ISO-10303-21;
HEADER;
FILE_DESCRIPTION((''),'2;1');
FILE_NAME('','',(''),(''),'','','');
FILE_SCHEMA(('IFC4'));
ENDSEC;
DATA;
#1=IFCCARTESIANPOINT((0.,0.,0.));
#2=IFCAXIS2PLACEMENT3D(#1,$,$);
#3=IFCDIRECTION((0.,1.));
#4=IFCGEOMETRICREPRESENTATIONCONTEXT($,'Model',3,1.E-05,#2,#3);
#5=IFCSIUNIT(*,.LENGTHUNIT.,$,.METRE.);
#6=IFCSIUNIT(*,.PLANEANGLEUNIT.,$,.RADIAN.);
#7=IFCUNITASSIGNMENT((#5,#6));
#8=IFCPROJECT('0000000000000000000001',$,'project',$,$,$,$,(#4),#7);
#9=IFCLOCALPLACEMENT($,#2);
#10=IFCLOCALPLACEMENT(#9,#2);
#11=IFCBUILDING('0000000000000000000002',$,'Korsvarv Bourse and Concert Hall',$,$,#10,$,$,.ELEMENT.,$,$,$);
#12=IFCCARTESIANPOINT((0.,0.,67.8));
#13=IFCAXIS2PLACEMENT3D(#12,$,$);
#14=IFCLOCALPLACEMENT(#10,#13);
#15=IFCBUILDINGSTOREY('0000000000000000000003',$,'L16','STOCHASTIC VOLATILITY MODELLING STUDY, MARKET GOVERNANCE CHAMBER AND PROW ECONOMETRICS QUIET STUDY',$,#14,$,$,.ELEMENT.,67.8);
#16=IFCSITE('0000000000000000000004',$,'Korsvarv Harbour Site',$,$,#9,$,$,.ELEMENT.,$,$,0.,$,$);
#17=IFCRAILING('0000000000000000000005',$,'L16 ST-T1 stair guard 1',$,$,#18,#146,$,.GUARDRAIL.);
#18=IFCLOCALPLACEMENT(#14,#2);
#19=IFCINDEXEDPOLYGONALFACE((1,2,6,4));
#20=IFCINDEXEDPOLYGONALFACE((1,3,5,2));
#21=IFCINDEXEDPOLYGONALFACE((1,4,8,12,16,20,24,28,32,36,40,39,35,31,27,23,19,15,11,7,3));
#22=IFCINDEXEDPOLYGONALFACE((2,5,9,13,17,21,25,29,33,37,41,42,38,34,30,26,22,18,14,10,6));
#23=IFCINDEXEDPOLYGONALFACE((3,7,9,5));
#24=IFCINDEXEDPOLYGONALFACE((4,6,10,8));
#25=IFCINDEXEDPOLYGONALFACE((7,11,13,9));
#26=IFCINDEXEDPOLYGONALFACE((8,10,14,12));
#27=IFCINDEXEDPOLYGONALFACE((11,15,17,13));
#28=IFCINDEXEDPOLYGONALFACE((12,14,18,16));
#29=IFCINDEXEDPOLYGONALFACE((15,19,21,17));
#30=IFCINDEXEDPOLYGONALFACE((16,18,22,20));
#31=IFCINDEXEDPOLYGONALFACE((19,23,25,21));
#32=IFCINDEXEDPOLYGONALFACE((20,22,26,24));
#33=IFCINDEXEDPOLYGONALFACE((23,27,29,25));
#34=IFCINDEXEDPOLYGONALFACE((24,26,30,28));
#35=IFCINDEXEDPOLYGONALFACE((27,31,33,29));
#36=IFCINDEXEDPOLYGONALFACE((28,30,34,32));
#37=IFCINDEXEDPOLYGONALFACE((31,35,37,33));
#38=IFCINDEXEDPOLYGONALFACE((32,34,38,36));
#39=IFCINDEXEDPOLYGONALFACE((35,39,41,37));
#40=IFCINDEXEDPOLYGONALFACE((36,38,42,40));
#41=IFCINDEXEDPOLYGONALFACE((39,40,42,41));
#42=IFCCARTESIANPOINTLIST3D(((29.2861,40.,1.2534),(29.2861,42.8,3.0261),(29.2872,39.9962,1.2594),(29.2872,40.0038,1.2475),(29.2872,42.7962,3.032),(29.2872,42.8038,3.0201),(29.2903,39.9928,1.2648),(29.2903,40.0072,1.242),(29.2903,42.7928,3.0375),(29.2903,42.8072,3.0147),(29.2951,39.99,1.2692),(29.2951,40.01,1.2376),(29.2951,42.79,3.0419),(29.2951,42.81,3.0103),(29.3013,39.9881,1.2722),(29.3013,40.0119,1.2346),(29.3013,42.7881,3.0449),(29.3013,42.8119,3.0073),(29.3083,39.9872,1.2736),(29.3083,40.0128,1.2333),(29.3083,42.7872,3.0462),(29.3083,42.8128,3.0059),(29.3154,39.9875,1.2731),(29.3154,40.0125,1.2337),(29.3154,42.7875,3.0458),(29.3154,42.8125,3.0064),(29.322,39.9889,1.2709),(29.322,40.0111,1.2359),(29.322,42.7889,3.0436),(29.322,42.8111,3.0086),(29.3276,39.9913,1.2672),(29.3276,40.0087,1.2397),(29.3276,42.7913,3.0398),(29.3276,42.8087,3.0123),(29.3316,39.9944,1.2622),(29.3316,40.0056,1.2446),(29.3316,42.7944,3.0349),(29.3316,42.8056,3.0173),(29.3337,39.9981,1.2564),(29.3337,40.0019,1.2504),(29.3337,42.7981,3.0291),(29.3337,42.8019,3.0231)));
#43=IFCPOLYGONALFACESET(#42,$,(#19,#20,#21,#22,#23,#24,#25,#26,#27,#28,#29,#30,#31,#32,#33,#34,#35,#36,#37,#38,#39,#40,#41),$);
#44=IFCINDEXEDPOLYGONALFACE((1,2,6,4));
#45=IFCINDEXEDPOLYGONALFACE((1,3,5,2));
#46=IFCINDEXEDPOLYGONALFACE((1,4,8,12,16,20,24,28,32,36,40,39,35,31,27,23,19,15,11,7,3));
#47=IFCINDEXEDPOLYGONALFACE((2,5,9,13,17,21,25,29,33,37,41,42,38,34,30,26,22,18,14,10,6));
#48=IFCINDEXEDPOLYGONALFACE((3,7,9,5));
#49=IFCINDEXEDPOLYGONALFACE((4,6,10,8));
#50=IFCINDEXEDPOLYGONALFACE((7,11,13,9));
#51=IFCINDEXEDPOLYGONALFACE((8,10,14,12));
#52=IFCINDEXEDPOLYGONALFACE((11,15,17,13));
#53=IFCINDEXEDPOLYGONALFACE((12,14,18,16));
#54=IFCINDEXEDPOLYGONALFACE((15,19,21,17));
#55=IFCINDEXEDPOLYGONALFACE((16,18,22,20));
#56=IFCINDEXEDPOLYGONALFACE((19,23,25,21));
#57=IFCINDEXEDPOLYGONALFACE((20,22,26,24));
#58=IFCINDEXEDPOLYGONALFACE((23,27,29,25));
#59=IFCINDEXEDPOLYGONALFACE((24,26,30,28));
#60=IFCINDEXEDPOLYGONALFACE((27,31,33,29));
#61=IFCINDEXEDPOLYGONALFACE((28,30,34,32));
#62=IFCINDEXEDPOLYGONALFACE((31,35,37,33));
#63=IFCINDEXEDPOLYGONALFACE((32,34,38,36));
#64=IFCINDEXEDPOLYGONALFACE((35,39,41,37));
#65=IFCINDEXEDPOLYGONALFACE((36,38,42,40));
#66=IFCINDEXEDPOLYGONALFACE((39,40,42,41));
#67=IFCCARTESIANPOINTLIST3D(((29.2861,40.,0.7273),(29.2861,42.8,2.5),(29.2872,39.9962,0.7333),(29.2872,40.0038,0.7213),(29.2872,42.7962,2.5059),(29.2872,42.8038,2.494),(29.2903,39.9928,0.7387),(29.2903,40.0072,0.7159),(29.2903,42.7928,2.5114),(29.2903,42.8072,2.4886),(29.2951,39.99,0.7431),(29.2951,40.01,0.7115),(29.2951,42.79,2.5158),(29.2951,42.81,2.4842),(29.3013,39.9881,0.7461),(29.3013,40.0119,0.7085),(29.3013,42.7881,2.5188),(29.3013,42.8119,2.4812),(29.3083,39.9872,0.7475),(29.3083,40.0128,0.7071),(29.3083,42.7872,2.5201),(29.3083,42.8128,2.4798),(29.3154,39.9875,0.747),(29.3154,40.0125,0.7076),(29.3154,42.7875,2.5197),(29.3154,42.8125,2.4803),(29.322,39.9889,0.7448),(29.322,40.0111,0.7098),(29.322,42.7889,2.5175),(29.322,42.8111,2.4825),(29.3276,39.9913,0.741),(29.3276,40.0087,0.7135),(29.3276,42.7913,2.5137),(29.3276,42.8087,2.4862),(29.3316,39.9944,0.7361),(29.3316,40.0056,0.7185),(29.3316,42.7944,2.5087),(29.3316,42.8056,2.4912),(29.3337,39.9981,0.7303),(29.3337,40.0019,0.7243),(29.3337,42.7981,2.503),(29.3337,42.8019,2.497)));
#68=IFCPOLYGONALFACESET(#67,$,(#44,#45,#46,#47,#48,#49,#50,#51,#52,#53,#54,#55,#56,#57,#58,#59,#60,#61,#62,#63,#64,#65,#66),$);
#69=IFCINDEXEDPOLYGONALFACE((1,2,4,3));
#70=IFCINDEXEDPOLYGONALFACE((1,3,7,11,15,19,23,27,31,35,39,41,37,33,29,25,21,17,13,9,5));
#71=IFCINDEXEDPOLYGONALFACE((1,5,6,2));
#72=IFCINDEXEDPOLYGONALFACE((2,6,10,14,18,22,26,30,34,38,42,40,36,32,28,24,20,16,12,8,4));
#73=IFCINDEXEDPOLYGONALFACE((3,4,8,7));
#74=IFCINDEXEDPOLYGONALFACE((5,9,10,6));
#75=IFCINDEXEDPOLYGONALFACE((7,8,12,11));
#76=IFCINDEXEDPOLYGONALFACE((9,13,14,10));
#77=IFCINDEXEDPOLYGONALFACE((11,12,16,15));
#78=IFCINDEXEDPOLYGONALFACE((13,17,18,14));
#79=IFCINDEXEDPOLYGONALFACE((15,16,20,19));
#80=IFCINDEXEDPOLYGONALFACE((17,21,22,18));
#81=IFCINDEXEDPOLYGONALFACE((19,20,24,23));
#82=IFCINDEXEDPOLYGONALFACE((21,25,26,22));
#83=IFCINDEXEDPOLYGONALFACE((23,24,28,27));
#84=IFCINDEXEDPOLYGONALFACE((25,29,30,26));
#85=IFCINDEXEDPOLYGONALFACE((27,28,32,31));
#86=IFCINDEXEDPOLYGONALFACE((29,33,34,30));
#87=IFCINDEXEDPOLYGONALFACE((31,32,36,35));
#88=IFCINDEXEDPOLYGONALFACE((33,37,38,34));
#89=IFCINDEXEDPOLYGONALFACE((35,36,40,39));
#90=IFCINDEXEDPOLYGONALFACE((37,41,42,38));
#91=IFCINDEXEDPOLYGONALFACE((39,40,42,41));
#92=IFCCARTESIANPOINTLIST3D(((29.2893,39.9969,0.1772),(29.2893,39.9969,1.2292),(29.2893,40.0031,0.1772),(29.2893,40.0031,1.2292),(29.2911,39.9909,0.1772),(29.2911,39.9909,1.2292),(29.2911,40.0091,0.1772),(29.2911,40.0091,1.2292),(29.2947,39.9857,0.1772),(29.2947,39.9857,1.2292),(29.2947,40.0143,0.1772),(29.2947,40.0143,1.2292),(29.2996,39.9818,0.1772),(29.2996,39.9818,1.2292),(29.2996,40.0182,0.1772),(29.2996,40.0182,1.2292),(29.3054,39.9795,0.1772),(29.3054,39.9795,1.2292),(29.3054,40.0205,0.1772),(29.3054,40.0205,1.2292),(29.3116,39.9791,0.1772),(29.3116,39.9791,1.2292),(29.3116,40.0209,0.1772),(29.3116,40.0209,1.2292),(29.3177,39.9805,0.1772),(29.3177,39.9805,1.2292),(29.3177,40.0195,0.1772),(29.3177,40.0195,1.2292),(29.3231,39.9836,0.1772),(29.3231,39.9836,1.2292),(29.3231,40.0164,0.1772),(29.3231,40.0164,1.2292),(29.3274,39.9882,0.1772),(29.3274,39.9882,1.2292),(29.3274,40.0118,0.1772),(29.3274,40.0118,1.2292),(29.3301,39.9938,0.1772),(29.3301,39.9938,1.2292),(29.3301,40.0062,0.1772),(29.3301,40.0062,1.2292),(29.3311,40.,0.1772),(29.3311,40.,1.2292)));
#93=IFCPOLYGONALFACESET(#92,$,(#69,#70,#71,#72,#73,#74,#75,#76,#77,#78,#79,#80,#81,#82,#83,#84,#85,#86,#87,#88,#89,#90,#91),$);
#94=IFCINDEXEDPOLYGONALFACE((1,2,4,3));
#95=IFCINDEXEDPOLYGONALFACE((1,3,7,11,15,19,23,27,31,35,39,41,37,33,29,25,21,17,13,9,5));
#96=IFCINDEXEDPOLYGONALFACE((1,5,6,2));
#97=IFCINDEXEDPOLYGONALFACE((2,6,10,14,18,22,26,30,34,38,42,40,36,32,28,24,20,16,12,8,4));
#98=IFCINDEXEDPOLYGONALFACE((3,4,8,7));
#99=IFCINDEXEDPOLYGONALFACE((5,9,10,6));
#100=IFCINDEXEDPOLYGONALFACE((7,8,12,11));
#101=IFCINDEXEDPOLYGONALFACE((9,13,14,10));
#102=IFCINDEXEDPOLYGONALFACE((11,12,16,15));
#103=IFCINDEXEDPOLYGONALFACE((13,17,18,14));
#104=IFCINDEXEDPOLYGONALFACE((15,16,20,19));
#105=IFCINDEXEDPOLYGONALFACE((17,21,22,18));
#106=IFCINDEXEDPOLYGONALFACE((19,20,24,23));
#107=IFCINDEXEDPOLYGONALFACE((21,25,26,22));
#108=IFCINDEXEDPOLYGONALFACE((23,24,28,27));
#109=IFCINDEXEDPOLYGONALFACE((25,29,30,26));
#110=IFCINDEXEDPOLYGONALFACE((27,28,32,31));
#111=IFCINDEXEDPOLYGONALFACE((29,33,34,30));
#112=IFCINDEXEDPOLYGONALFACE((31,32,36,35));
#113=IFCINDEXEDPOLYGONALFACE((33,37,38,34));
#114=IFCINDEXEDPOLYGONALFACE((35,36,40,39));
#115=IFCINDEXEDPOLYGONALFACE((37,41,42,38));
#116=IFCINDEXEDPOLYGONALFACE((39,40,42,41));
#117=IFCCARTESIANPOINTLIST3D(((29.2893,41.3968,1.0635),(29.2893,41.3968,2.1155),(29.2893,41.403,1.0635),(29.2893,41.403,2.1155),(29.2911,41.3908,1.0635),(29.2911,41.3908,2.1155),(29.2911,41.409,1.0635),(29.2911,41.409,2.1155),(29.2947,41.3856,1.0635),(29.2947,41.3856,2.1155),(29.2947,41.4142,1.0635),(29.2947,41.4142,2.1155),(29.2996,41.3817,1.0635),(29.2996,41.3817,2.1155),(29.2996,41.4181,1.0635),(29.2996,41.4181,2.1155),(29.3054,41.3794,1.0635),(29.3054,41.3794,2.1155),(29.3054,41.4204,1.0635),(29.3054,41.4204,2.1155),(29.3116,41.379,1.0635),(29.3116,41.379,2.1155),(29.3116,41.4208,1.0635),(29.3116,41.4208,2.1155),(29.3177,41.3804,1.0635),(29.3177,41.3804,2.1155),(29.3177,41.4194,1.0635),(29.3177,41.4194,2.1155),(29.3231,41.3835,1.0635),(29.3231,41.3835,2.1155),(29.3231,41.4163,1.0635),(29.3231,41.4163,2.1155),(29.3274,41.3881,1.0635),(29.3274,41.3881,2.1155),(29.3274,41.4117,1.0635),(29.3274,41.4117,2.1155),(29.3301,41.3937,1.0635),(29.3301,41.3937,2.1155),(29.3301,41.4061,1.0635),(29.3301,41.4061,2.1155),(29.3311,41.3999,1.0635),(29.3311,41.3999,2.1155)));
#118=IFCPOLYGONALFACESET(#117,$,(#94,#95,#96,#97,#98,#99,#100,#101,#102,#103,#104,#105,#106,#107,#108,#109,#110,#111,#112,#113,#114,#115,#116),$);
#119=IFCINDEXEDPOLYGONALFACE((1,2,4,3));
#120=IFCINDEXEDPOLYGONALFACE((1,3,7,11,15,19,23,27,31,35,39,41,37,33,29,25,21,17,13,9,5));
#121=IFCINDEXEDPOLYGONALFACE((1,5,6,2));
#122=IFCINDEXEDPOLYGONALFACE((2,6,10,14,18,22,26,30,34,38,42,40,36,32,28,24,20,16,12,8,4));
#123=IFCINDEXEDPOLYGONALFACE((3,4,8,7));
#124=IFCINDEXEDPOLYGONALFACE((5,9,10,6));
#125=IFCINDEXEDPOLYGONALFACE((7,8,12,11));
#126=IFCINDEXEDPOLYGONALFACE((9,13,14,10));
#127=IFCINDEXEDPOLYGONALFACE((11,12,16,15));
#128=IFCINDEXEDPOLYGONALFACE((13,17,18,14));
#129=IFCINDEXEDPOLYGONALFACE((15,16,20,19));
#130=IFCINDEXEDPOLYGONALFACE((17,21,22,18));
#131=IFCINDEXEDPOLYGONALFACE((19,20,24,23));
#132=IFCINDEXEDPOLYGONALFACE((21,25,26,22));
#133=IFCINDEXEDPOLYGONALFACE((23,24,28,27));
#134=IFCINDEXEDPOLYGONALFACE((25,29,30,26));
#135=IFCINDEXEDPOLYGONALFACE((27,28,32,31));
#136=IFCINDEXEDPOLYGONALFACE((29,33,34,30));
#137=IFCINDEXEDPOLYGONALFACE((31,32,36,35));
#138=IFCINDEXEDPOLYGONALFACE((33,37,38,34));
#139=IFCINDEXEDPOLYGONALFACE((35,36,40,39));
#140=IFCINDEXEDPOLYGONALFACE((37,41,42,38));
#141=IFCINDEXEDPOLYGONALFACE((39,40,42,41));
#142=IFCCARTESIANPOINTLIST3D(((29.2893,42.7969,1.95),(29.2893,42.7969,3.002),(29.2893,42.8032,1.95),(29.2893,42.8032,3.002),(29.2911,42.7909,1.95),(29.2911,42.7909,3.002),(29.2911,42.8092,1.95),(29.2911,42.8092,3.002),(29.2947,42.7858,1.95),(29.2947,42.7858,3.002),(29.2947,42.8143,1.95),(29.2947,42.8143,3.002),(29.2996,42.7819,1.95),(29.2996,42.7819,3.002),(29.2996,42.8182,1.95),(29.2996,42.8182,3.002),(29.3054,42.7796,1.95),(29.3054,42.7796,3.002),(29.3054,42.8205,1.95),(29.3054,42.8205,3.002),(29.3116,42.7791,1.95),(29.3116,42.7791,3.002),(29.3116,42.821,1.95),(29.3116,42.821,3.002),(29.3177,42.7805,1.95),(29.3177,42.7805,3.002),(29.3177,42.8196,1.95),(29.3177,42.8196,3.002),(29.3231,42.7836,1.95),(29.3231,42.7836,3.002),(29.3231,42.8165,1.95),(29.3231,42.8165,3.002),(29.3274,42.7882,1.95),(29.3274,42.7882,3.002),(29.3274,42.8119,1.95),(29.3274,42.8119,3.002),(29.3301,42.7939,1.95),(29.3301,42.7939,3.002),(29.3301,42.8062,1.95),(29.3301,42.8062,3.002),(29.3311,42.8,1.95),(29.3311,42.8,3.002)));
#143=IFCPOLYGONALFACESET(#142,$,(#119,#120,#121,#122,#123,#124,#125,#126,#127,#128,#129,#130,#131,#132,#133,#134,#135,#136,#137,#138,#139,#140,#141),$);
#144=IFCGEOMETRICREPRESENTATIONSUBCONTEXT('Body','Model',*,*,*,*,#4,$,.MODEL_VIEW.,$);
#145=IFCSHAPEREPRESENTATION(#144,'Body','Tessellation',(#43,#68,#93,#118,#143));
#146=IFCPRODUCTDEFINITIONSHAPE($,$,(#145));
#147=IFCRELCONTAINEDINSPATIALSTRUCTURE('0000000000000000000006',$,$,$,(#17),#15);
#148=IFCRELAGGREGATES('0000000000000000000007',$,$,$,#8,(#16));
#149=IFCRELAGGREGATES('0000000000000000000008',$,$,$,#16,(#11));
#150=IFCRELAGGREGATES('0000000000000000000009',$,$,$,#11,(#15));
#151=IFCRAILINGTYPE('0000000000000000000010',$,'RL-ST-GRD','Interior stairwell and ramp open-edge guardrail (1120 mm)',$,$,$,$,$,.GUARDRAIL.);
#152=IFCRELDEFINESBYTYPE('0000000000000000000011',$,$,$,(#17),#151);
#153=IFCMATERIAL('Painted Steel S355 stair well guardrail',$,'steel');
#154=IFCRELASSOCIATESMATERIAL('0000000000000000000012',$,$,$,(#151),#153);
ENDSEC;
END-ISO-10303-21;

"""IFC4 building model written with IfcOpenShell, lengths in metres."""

from ifc_helpers import new_model, si_unit, direction, frame, origin, origin_2d, place, context, subcontext, project, spatial, circle, extrude, material, type_object, element, save


model = new_model("IFC4")

# Units and contexts
model_context = context("Model", 3, precision=1e-05, world=origin(), true_north=direction((0.0, 1.0)))
body_context = subcontext(model_context, "Body", "Model", "MODEL_VIEW")
ifc_project = project(units=[si_unit("LENGTHUNIT", "METRE"), si_unit("PLANEANGLEUNIT", "RADIAN")], contexts=[model_context])

# Site, building, storey
site_placement = place(None, origin())
site = spatial("IfcSite", under=ifc_project, at=site_placement, Name="Korsvarv Harbour Site", CompositionType="ELEMENT", RefElevation=0.0)
building_placement = place(site_placement, origin())
building = spatial("IfcBuilding", under=site, at=building_placement, Name="Korsvarv Bourse and Concert Hall", CompositionType="ELEMENT")
storey_placement = place(building_placement, frame((0.0, 0.0, 67.8)))
storey = spatial("IfcBuildingStorey", under=building, at=storey_placement, Name="L16", Description="STOCHASTIC VOLATILITY MODELLING STUDY, MARKET GOVERNANCE CHAMBER AND PROW ECONOMETRICS QUIET STUDY", CompositionType="ELEMENT", Elevation=67.8)

# Railing
ifc_material_1 = material(Name="Painted Steel S355 stair well guardrail", Category="steel")
railing_type_1 = type_object("IfcRailingType", Name="RL-ST-GRD", Description="Interior stairwell and ramp open-edge guardrail (1120 mm)", PredefinedType="GUARDRAIL", material=ifc_material_1)
railing_1_placement = place(storey_placement, frame((29.3101, 40.0, 0.1772)))
element("IfcRailing", 1, at=railing_1_placement, inside=storey, type_object=railing_type_1, Name="L16 ST-T1 stair guard 1", PredefinedType="GUARDRAIL", context=body_context, shape_type="SweptSolid", body=[
    extrude(circle(Radius=0.0239, at=origin_2d()), frame((0.0, 0.0, 1.0762), z_axis=(0.0, 0.844909, 0.53491), x_axis=(-1.0, 0.0, 0.0)), (0.0, 0.0, 1.0), 3.314),
    extrude(circle(Radius=0.0239, at=origin_2d()), frame((0.0, 0.0, 0.55), z_axis=(0.0, 0.844909, 0.53491), x_axis=(-1.0, 0.0, 0.0)), (0.0, 0.0, 1.0), 3.314),
    extrude(circle(Radius=0.021, at=origin_2d()), origin(), (0.0, 0.0, 1.0), 1.052),
    extrude(circle(Radius=0.021, at=origin_2d()), frame((0.0, 1.3999, 0.8862)), (0.0, 0.0, 1.0), 1.052),
    extrude(circle(Radius=0.021, at=origin_2d()), frame((0.0, 2.8, 1.7727)), (0.0, 0.0, 1.0), 1.052),
])

save(model, "model.ifc")
